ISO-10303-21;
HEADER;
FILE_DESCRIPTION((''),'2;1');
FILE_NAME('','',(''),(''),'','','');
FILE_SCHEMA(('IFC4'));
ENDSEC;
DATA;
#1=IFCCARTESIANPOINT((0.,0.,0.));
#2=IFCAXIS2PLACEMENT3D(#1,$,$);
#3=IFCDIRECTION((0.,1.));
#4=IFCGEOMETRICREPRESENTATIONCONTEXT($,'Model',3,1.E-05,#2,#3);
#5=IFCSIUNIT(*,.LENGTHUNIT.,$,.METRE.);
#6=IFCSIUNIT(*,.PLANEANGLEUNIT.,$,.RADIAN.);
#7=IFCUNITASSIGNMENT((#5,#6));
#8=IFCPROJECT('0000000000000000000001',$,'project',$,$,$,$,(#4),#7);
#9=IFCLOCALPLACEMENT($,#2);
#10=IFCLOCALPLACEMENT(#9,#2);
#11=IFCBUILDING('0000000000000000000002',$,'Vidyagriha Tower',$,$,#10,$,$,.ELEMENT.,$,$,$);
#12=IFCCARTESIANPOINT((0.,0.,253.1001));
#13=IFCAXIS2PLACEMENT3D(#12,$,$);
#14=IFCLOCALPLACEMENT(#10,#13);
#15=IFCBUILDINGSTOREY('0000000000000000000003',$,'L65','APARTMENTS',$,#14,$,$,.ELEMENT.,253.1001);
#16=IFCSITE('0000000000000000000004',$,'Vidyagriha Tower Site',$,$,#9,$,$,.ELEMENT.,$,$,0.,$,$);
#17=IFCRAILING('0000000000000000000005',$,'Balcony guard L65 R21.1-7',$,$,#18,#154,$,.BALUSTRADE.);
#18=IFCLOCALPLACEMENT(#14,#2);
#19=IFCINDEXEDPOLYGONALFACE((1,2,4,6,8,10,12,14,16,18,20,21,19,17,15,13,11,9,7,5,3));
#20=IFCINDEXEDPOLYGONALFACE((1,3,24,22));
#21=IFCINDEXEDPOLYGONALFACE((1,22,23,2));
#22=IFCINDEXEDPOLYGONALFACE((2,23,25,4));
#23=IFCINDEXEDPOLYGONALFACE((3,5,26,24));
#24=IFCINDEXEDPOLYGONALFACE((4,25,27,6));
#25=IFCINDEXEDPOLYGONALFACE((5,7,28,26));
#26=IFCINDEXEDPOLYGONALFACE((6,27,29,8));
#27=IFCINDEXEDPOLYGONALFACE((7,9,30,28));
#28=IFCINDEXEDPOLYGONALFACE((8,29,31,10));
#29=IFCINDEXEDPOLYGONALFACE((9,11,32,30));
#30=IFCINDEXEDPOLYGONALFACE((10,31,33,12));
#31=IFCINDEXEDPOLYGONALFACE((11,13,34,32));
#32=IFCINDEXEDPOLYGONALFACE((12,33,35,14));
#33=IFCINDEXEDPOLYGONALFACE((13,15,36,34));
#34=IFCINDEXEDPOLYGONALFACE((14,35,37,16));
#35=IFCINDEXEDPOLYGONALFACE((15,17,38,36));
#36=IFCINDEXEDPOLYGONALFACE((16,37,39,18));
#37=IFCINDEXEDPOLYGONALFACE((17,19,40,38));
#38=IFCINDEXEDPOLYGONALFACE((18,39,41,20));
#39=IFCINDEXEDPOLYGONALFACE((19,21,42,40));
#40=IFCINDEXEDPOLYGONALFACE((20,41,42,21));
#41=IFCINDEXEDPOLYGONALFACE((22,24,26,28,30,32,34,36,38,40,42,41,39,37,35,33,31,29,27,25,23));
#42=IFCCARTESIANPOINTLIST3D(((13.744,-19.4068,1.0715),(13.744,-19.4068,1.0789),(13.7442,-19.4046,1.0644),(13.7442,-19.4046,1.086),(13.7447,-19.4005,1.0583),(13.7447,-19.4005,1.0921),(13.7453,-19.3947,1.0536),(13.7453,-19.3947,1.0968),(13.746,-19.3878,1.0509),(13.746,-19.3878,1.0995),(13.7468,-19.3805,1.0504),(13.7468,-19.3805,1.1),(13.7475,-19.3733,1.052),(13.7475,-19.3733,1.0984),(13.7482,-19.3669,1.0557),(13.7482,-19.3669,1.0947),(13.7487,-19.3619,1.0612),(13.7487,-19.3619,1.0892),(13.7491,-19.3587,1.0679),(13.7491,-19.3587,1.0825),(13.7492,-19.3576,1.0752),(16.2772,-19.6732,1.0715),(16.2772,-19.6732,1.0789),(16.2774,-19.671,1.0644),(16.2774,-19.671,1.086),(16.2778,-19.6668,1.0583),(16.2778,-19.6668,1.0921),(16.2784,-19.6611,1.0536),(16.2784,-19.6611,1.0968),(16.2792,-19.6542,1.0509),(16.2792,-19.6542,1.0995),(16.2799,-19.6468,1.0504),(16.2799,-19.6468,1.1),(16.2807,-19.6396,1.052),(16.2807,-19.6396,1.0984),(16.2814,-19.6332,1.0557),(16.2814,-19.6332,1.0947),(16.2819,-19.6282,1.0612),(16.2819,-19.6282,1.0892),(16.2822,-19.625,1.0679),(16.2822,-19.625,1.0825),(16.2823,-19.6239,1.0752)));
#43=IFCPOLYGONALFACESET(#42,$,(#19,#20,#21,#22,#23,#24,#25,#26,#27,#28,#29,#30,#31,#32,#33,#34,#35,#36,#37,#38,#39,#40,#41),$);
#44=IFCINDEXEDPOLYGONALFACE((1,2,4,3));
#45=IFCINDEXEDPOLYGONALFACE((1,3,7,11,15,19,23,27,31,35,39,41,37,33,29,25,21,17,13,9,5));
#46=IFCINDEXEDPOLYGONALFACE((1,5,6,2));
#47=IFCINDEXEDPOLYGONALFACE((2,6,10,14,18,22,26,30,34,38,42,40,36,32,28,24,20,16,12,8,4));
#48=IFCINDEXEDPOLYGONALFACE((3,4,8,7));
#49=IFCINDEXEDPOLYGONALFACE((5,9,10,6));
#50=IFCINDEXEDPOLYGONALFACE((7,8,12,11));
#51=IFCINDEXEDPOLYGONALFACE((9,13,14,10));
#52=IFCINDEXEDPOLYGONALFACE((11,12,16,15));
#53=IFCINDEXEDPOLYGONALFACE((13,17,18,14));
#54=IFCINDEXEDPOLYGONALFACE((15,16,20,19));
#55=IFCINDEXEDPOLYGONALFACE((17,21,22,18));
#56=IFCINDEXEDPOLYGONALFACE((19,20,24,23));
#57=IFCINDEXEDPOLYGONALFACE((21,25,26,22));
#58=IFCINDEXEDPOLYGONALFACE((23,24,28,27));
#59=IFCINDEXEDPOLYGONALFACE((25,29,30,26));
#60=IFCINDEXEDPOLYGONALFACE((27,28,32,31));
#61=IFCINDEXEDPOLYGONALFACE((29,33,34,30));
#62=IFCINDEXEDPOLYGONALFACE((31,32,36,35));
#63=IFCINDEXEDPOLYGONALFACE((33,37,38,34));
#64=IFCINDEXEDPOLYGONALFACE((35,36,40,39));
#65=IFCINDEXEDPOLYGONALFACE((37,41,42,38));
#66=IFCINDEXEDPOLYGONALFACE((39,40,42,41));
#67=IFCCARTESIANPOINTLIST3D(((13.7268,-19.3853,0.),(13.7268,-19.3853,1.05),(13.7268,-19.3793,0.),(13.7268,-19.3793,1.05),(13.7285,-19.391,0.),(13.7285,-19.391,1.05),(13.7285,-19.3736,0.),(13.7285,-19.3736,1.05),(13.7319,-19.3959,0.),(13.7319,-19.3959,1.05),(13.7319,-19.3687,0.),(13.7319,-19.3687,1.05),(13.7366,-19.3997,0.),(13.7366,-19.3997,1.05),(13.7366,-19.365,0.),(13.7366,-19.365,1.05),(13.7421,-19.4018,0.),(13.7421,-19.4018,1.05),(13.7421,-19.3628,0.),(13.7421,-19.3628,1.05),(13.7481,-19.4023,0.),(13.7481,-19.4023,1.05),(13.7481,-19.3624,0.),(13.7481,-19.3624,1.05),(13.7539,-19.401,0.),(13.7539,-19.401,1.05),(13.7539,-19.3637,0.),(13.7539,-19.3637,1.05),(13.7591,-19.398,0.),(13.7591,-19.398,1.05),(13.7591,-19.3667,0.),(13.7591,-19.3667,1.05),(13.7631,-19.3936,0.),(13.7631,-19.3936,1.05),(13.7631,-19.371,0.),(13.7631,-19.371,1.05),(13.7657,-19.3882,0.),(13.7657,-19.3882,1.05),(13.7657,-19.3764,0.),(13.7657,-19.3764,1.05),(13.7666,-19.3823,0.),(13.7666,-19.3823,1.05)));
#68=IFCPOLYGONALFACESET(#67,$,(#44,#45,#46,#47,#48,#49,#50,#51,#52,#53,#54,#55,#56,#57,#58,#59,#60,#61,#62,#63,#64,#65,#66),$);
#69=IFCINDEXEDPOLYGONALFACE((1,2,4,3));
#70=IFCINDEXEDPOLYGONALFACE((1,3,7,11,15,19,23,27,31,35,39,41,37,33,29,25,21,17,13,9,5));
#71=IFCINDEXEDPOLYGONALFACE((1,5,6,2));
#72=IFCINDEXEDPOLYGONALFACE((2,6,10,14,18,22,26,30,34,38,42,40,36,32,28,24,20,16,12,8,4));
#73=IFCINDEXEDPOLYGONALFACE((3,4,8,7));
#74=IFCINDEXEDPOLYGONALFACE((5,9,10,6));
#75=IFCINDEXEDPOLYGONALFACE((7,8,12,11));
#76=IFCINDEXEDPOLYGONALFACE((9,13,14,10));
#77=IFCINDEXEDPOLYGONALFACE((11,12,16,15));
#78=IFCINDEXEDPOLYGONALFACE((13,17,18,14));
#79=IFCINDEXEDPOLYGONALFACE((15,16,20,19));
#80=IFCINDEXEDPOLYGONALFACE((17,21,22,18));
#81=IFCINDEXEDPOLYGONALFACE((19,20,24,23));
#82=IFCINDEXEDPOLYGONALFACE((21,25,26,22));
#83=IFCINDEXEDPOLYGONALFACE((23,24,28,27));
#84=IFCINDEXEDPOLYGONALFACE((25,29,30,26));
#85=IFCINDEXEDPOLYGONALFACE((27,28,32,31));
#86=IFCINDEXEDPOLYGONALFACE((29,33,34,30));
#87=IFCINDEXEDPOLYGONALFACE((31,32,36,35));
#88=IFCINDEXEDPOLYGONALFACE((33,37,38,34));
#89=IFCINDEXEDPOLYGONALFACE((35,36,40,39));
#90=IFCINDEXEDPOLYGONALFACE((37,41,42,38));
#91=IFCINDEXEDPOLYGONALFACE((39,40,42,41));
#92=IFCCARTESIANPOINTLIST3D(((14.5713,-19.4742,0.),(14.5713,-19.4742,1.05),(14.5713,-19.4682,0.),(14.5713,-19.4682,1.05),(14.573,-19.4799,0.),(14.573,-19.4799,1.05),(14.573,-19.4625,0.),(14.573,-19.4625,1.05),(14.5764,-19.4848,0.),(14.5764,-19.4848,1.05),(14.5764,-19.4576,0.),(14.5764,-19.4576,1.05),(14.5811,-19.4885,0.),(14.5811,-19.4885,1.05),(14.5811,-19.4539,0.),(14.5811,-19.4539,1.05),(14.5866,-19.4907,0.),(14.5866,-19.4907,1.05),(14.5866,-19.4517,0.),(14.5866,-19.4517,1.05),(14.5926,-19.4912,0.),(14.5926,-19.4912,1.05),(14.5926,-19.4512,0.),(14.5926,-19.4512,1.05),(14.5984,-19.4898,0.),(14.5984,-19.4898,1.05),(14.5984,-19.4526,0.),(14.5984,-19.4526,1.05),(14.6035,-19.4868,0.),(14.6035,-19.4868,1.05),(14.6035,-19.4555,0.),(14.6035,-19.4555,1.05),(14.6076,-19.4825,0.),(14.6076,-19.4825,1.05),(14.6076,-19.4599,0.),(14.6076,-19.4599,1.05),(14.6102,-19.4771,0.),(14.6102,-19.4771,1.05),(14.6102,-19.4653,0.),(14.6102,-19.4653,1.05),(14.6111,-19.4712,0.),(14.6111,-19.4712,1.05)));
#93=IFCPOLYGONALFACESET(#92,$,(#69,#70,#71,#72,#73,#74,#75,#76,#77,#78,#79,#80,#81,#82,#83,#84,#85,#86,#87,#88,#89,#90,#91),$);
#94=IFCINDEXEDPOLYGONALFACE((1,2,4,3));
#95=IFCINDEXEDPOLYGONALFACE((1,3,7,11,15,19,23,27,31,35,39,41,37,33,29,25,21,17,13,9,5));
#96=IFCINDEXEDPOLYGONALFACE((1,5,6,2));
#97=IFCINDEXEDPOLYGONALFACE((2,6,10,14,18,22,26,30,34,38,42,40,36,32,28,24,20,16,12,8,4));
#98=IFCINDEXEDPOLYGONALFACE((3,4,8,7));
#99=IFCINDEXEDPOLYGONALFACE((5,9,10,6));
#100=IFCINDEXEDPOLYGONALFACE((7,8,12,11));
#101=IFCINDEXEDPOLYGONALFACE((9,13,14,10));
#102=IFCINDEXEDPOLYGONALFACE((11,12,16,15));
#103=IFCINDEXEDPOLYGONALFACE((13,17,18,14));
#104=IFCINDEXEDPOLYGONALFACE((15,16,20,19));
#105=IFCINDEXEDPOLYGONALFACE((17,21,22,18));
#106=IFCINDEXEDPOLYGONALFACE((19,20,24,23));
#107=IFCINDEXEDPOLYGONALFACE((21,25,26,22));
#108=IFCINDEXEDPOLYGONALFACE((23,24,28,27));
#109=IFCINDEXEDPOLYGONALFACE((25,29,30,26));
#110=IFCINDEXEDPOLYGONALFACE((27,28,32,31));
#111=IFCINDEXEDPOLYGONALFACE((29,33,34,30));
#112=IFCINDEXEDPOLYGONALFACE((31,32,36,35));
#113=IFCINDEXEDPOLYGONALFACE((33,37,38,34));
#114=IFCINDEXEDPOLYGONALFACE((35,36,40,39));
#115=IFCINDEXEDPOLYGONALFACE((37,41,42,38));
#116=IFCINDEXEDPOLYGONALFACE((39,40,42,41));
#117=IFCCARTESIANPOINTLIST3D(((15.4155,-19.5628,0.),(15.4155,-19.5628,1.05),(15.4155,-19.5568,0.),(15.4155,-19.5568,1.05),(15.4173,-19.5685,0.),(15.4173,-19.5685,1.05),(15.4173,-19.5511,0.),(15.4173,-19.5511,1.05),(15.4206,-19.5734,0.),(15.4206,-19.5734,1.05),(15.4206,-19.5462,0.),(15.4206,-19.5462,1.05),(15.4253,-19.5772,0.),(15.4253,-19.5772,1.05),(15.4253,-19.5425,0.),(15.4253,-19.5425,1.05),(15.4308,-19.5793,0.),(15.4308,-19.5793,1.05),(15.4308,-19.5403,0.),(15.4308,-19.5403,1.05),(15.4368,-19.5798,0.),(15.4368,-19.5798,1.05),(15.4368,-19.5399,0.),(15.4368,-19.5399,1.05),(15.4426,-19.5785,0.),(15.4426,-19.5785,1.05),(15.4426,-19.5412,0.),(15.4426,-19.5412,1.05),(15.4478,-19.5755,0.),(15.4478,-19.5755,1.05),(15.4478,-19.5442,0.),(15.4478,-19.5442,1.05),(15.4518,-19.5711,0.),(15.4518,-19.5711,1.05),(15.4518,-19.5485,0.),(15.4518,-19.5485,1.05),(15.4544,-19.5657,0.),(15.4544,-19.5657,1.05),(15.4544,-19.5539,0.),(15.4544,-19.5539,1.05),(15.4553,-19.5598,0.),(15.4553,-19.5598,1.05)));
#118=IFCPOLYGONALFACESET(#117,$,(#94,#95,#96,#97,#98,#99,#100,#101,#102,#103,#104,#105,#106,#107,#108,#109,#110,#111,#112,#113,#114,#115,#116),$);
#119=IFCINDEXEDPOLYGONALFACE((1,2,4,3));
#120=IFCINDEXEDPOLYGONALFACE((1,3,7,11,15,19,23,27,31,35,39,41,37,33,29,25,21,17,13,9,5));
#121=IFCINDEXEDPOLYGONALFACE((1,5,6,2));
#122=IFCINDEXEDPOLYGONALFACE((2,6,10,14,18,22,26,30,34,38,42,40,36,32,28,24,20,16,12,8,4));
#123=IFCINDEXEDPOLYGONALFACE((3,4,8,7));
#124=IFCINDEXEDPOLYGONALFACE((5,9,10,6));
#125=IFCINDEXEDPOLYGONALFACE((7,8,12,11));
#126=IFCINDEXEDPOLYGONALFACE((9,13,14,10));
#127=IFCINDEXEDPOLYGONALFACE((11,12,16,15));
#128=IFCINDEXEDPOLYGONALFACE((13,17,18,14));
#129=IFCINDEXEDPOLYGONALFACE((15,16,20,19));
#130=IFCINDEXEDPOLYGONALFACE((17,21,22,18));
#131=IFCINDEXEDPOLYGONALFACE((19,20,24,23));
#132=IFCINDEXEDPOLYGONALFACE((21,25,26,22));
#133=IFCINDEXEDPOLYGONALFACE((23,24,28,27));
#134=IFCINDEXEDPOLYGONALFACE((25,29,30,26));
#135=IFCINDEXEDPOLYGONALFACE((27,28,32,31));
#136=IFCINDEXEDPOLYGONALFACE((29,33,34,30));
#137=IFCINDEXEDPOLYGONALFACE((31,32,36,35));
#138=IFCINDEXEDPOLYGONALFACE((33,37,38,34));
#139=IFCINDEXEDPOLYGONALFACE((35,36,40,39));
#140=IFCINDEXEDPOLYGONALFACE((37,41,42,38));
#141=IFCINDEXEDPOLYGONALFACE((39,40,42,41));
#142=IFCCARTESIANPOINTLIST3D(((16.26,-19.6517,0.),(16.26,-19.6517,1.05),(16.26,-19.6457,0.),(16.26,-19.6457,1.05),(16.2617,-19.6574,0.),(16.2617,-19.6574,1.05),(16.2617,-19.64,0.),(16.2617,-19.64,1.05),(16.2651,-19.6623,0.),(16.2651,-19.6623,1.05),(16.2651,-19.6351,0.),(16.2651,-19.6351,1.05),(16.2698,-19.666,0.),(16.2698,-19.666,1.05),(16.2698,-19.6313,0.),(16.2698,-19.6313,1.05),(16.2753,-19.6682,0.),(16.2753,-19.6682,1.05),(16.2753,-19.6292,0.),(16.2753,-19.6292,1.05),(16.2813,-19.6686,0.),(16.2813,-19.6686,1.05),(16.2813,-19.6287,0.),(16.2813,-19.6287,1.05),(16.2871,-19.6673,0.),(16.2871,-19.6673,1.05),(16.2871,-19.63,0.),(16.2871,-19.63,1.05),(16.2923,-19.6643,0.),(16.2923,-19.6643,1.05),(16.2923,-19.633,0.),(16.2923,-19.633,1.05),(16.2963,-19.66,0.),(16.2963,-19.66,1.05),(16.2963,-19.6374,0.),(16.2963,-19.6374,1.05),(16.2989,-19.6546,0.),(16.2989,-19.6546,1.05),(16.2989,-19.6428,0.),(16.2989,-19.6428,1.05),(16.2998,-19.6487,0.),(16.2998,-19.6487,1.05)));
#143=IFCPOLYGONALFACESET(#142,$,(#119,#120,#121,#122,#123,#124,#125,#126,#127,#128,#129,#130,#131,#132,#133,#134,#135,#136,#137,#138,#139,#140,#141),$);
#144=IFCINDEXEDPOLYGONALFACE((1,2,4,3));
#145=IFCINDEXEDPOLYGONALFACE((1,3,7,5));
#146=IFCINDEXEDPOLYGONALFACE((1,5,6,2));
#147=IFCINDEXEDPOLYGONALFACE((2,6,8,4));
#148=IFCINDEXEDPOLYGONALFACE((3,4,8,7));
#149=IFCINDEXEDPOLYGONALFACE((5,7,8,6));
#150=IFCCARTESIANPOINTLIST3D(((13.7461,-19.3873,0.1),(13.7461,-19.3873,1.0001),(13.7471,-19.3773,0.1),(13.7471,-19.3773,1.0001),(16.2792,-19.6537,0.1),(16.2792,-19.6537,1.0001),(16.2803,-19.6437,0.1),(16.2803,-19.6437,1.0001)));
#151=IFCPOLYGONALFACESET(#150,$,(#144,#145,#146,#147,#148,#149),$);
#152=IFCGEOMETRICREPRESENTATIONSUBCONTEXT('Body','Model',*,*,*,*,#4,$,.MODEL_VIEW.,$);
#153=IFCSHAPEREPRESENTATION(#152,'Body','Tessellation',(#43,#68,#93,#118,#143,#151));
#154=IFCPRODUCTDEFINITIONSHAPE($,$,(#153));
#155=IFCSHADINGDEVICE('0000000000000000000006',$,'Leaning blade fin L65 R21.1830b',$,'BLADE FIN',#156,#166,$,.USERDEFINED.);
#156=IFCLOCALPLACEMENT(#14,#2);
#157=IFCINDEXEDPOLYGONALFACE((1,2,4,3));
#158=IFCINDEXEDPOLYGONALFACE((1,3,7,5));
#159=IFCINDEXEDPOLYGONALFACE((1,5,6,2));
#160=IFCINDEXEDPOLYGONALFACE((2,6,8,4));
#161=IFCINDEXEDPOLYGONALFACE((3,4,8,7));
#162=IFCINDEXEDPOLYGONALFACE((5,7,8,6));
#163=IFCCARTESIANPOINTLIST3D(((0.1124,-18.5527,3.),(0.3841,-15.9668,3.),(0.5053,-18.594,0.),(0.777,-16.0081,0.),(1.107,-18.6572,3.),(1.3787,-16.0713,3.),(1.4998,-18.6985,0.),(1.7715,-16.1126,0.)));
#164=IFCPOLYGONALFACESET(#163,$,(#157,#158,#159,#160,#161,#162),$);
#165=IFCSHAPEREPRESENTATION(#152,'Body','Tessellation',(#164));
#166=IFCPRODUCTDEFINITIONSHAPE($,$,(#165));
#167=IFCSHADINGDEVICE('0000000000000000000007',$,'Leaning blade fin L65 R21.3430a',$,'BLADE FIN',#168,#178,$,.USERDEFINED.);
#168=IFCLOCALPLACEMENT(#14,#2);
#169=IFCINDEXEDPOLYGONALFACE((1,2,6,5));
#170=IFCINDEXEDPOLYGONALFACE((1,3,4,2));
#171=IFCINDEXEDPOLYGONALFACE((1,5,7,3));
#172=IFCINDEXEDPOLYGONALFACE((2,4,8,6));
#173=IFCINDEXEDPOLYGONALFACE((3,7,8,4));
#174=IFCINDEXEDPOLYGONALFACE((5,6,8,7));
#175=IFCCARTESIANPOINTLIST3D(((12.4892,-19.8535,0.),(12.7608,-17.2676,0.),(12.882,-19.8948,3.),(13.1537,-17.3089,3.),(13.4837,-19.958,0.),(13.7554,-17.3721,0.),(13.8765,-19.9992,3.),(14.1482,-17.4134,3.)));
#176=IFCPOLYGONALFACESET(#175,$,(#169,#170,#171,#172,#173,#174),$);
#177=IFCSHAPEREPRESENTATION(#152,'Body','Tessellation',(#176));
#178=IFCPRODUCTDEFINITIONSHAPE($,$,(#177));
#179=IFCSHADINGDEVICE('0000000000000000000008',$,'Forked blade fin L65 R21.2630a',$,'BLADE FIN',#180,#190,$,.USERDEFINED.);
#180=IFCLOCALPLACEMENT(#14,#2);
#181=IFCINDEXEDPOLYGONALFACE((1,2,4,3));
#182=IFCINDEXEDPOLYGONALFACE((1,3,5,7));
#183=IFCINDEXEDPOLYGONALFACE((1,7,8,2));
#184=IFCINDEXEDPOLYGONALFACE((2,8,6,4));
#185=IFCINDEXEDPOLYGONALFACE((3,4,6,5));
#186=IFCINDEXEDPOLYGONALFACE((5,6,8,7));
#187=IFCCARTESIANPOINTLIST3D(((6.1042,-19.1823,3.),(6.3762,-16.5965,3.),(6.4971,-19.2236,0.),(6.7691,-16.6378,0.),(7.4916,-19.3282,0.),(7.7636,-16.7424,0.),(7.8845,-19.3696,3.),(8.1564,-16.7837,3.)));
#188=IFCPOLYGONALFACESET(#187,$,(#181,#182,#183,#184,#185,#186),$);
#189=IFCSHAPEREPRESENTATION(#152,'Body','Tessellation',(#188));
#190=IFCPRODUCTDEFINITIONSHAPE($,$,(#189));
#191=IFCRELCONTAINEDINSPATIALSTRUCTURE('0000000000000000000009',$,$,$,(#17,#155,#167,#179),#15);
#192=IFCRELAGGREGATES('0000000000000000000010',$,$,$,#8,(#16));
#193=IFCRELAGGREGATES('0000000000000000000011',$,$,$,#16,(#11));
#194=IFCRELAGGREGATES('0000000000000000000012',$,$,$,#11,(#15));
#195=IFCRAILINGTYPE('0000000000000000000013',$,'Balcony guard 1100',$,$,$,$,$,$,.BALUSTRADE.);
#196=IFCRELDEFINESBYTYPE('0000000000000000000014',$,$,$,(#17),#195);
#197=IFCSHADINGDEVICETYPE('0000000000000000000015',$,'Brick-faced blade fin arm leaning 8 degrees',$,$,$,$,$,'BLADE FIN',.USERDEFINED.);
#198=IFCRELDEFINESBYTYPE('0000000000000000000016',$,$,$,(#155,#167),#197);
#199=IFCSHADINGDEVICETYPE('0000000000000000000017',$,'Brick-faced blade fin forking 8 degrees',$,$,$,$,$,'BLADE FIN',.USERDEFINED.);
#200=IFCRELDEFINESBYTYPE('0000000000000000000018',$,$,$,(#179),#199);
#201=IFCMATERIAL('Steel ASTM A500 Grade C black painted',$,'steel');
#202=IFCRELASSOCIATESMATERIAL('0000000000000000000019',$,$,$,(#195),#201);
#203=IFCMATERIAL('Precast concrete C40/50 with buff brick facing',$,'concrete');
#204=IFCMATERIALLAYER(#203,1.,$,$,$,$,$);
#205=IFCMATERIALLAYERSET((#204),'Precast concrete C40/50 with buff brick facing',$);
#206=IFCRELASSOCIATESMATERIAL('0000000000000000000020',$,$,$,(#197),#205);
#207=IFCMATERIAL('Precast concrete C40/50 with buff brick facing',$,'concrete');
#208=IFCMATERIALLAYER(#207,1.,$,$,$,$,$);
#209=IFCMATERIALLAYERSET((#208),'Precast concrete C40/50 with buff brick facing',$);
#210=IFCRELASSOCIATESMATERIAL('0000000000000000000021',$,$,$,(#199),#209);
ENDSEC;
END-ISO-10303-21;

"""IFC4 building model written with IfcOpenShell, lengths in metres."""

from ifc_helpers import new_model, si_unit, direction, frame, origin, origin_2d, place, context, subcontext, project, spatial, polyline, rectangle, circle, outline, extrude, material, layer, layer_set, type_object, element, save


model = new_model("IFC4")

# Units and contexts
model_context = context("Model", 3, precision=1e-05, world=origin(), true_north=direction((0.0, 1.0)))
body_context = subcontext(model_context, "Body", "Model", "MODEL_VIEW")
ifc_project = project(units=[si_unit("LENGTHUNIT", "METRE"), si_unit("PLANEANGLEUNIT", "RADIAN")], contexts=[model_context])

# Site, building, storey
site_placement = place(None, origin())
site = spatial("IfcSite", under=ifc_project, at=site_placement, Name="Vidyagriha Tower Site", CompositionType="ELEMENT", RefElevation=0.0)
building_placement = place(site_placement, origin())
building = spatial("IfcBuilding", under=site, at=building_placement, Name="Vidyagriha Tower", CompositionType="ELEMENT")
storey_placement = place(building_placement, frame((0.0, 0.0, 253.1001)))
storey = spatial("IfcBuildingStorey", under=building, at=storey_placement, Name="L65", Description="APARTMENTS", CompositionType="ELEMENT", Elevation=253.1001)

# Railing
ifc_material_1 = material(Name="Steel ASTM A500 Grade C black painted", Category="steel")
railing_type = type_object("IfcRailingType", Name="Balcony guard 1100", PredefinedType="BALUSTRADE", material=ifc_material_1)
railing_1_placement = place(storey_placement, frame((13.7466, -19.3823, 0.0)))
element("IfcRailing", 1, at=railing_1_placement, inside=storey, type_object=railing_type, Name="Balcony guard L65 R21.1-7", PredefinedType="BALUSTRADE", context=body_context, shape_type="SweptSolid", body=[
    extrude(circle(Radius=0.0249, at=origin_2d()), frame((0.0, 0.0, 1.0752), z_axis=(0.994518, -0.10457, 0.0), x_axis=(0.10457, 0.994518, 0.0)), (0.0, 0.0, 1.0), 2.5471),
    extrude(circle(Radius=0.02, at=origin_2d()), origin(), (0.0, 0.0, 1.0), 1.05),
    extrude(circle(Radius=0.02, at=origin_2d()), frame((0.8445, -0.0889, 0.0)), (0.0, 0.0, 1.0), 1.05),
    extrude(circle(Radius=0.02, at=origin_2d()), frame((1.6887, -0.1775, 0.0)), (0.0, 0.0, 1.0), 1.05),
    extrude(circle(Radius=0.02, at=origin_2d()), frame((2.5332, -0.2664, 0.0)), (0.0, 0.0, 1.0), 1.05),
    extrude(rectangle(XDim=0.01, YDim=0.9001, at=origin_2d()), frame((0.0, 0.0, 0.55), z_axis=(0.994518, -0.10457, 0.0), x_axis=(0.10457, 0.994518, 0.0)), (0.0, 0.0, 1.0), 2.5471),
])

# Shading devices
ifc_material_2 = material(Name="Precast concrete C40/50 with buff brick facing", Category="concrete")
ifc_layer_1 = layer(ifc_material_2, 1.0)
ifc_layer_set_1 = layer_set([ifc_layer_1], Name="Precast concrete C40/50 with buff brick facing")
shading_device_type_1 = type_object("IfcShadingDeviceType", Name="Brick-faced blade fin arm leaning 8 degrees", ElementType="BLADE FIN", PredefinedType="USERDEFINED", material=ifc_layer_set_1)
shading_device_1_placement = place(storey_placement, frame((0.2483, -17.2598, 0.0), z_axis=(0.0, 0.0, 1.0), x_axis=(0.994526, -0.104493, 0.0)))
element("IfcShadingDevice", 2, at=shading_device_1_placement, inside=storey, type_object=shading_device_type_1, Name="Leaning blade fin L65 R21.1830b", ObjectType="BLADE FIN", PredefinedType="USERDEFINED", context=body_context, shape_type="SweptSolid", body=[
    extrude(outline(polyline([(0.395, 0.0), (1.395, 0.0), (1.0, 3.0), (0.0, 3.0), (0.395, 0.0)])), frame((0.0, 1.3, 0.0), z_axis=(0.0, -1.0, 0.0), x_axis=(1.0, 0.0, 0.0)), (0.0, 0.0, 1.0), 2.6001),
])
shading_device_2_placement = place(storey_placement, frame((12.625, -18.5605, 0.0), z_axis=(0.0, 0.0, 1.0), x_axis=(0.994526, -0.104493, 0.0)))
element("IfcShadingDevice", 3, at=shading_device_2_placement, inside=storey, type_object=shading_device_type_1, Name="Leaning blade fin L65 R21.3430a", ObjectType="BLADE FIN", PredefinedType="USERDEFINED", context=body_context, shape_type="SweptSolid", body=[
    extrude(outline(polyline([(0.0, 0.0), (1.0, 0.0), (1.395, 3.0), (0.395, 3.0), (0.0, 0.0)])), frame((0.0, 1.3, 0.0), z_axis=(0.0, -1.0, 0.0), x_axis=(1.0, 0.0, 0.0)), (0.0, 0.0, 1.0), 2.6001),
])
ifc_material_3 = material(Name="Precast concrete C40/50 with buff brick facing", Category="concrete")
ifc_layer_2 = layer(ifc_material_3, 1.0)
ifc_layer_set_2 = layer_set([ifc_layer_2], Name="Precast concrete C40/50 with buff brick facing")
shading_device_type_2 = type_object("IfcShadingDeviceType", Name="Brick-faced blade fin forking 8 degrees", ElementType="BLADE FIN", PredefinedType="USERDEFINED", material=ifc_layer_set_2)
shading_device_3_placement = place(storey_placement, frame((6.2402, -17.8894, 0.0), z_axis=(0.0, 0.0, 1.0), x_axis=(0.994514, -0.104607, 0.0)))
element("IfcShadingDevice", 4, at=shading_device_3_placement, inside=storey, type_object=shading_device_type_2, Name="Forked blade fin L65 R21.2630a", ObjectType="BLADE FIN", PredefinedType="USERDEFINED", context=body_context, shape_type="SweptSolid", body=[
    extrude(outline(polyline([(0.395, 0.0), (1.395, 0.0), (1.79, 3.0), (0.0, 3.0), (0.395, 0.0)])), frame((0.0, 1.3, 0.0), z_axis=(0.0, -1.0, 0.0), x_axis=(1.0, 0.0, 0.0)), (0.0, 0.0, 1.0), 2.6001),
])

save(model, "model.ifc")
